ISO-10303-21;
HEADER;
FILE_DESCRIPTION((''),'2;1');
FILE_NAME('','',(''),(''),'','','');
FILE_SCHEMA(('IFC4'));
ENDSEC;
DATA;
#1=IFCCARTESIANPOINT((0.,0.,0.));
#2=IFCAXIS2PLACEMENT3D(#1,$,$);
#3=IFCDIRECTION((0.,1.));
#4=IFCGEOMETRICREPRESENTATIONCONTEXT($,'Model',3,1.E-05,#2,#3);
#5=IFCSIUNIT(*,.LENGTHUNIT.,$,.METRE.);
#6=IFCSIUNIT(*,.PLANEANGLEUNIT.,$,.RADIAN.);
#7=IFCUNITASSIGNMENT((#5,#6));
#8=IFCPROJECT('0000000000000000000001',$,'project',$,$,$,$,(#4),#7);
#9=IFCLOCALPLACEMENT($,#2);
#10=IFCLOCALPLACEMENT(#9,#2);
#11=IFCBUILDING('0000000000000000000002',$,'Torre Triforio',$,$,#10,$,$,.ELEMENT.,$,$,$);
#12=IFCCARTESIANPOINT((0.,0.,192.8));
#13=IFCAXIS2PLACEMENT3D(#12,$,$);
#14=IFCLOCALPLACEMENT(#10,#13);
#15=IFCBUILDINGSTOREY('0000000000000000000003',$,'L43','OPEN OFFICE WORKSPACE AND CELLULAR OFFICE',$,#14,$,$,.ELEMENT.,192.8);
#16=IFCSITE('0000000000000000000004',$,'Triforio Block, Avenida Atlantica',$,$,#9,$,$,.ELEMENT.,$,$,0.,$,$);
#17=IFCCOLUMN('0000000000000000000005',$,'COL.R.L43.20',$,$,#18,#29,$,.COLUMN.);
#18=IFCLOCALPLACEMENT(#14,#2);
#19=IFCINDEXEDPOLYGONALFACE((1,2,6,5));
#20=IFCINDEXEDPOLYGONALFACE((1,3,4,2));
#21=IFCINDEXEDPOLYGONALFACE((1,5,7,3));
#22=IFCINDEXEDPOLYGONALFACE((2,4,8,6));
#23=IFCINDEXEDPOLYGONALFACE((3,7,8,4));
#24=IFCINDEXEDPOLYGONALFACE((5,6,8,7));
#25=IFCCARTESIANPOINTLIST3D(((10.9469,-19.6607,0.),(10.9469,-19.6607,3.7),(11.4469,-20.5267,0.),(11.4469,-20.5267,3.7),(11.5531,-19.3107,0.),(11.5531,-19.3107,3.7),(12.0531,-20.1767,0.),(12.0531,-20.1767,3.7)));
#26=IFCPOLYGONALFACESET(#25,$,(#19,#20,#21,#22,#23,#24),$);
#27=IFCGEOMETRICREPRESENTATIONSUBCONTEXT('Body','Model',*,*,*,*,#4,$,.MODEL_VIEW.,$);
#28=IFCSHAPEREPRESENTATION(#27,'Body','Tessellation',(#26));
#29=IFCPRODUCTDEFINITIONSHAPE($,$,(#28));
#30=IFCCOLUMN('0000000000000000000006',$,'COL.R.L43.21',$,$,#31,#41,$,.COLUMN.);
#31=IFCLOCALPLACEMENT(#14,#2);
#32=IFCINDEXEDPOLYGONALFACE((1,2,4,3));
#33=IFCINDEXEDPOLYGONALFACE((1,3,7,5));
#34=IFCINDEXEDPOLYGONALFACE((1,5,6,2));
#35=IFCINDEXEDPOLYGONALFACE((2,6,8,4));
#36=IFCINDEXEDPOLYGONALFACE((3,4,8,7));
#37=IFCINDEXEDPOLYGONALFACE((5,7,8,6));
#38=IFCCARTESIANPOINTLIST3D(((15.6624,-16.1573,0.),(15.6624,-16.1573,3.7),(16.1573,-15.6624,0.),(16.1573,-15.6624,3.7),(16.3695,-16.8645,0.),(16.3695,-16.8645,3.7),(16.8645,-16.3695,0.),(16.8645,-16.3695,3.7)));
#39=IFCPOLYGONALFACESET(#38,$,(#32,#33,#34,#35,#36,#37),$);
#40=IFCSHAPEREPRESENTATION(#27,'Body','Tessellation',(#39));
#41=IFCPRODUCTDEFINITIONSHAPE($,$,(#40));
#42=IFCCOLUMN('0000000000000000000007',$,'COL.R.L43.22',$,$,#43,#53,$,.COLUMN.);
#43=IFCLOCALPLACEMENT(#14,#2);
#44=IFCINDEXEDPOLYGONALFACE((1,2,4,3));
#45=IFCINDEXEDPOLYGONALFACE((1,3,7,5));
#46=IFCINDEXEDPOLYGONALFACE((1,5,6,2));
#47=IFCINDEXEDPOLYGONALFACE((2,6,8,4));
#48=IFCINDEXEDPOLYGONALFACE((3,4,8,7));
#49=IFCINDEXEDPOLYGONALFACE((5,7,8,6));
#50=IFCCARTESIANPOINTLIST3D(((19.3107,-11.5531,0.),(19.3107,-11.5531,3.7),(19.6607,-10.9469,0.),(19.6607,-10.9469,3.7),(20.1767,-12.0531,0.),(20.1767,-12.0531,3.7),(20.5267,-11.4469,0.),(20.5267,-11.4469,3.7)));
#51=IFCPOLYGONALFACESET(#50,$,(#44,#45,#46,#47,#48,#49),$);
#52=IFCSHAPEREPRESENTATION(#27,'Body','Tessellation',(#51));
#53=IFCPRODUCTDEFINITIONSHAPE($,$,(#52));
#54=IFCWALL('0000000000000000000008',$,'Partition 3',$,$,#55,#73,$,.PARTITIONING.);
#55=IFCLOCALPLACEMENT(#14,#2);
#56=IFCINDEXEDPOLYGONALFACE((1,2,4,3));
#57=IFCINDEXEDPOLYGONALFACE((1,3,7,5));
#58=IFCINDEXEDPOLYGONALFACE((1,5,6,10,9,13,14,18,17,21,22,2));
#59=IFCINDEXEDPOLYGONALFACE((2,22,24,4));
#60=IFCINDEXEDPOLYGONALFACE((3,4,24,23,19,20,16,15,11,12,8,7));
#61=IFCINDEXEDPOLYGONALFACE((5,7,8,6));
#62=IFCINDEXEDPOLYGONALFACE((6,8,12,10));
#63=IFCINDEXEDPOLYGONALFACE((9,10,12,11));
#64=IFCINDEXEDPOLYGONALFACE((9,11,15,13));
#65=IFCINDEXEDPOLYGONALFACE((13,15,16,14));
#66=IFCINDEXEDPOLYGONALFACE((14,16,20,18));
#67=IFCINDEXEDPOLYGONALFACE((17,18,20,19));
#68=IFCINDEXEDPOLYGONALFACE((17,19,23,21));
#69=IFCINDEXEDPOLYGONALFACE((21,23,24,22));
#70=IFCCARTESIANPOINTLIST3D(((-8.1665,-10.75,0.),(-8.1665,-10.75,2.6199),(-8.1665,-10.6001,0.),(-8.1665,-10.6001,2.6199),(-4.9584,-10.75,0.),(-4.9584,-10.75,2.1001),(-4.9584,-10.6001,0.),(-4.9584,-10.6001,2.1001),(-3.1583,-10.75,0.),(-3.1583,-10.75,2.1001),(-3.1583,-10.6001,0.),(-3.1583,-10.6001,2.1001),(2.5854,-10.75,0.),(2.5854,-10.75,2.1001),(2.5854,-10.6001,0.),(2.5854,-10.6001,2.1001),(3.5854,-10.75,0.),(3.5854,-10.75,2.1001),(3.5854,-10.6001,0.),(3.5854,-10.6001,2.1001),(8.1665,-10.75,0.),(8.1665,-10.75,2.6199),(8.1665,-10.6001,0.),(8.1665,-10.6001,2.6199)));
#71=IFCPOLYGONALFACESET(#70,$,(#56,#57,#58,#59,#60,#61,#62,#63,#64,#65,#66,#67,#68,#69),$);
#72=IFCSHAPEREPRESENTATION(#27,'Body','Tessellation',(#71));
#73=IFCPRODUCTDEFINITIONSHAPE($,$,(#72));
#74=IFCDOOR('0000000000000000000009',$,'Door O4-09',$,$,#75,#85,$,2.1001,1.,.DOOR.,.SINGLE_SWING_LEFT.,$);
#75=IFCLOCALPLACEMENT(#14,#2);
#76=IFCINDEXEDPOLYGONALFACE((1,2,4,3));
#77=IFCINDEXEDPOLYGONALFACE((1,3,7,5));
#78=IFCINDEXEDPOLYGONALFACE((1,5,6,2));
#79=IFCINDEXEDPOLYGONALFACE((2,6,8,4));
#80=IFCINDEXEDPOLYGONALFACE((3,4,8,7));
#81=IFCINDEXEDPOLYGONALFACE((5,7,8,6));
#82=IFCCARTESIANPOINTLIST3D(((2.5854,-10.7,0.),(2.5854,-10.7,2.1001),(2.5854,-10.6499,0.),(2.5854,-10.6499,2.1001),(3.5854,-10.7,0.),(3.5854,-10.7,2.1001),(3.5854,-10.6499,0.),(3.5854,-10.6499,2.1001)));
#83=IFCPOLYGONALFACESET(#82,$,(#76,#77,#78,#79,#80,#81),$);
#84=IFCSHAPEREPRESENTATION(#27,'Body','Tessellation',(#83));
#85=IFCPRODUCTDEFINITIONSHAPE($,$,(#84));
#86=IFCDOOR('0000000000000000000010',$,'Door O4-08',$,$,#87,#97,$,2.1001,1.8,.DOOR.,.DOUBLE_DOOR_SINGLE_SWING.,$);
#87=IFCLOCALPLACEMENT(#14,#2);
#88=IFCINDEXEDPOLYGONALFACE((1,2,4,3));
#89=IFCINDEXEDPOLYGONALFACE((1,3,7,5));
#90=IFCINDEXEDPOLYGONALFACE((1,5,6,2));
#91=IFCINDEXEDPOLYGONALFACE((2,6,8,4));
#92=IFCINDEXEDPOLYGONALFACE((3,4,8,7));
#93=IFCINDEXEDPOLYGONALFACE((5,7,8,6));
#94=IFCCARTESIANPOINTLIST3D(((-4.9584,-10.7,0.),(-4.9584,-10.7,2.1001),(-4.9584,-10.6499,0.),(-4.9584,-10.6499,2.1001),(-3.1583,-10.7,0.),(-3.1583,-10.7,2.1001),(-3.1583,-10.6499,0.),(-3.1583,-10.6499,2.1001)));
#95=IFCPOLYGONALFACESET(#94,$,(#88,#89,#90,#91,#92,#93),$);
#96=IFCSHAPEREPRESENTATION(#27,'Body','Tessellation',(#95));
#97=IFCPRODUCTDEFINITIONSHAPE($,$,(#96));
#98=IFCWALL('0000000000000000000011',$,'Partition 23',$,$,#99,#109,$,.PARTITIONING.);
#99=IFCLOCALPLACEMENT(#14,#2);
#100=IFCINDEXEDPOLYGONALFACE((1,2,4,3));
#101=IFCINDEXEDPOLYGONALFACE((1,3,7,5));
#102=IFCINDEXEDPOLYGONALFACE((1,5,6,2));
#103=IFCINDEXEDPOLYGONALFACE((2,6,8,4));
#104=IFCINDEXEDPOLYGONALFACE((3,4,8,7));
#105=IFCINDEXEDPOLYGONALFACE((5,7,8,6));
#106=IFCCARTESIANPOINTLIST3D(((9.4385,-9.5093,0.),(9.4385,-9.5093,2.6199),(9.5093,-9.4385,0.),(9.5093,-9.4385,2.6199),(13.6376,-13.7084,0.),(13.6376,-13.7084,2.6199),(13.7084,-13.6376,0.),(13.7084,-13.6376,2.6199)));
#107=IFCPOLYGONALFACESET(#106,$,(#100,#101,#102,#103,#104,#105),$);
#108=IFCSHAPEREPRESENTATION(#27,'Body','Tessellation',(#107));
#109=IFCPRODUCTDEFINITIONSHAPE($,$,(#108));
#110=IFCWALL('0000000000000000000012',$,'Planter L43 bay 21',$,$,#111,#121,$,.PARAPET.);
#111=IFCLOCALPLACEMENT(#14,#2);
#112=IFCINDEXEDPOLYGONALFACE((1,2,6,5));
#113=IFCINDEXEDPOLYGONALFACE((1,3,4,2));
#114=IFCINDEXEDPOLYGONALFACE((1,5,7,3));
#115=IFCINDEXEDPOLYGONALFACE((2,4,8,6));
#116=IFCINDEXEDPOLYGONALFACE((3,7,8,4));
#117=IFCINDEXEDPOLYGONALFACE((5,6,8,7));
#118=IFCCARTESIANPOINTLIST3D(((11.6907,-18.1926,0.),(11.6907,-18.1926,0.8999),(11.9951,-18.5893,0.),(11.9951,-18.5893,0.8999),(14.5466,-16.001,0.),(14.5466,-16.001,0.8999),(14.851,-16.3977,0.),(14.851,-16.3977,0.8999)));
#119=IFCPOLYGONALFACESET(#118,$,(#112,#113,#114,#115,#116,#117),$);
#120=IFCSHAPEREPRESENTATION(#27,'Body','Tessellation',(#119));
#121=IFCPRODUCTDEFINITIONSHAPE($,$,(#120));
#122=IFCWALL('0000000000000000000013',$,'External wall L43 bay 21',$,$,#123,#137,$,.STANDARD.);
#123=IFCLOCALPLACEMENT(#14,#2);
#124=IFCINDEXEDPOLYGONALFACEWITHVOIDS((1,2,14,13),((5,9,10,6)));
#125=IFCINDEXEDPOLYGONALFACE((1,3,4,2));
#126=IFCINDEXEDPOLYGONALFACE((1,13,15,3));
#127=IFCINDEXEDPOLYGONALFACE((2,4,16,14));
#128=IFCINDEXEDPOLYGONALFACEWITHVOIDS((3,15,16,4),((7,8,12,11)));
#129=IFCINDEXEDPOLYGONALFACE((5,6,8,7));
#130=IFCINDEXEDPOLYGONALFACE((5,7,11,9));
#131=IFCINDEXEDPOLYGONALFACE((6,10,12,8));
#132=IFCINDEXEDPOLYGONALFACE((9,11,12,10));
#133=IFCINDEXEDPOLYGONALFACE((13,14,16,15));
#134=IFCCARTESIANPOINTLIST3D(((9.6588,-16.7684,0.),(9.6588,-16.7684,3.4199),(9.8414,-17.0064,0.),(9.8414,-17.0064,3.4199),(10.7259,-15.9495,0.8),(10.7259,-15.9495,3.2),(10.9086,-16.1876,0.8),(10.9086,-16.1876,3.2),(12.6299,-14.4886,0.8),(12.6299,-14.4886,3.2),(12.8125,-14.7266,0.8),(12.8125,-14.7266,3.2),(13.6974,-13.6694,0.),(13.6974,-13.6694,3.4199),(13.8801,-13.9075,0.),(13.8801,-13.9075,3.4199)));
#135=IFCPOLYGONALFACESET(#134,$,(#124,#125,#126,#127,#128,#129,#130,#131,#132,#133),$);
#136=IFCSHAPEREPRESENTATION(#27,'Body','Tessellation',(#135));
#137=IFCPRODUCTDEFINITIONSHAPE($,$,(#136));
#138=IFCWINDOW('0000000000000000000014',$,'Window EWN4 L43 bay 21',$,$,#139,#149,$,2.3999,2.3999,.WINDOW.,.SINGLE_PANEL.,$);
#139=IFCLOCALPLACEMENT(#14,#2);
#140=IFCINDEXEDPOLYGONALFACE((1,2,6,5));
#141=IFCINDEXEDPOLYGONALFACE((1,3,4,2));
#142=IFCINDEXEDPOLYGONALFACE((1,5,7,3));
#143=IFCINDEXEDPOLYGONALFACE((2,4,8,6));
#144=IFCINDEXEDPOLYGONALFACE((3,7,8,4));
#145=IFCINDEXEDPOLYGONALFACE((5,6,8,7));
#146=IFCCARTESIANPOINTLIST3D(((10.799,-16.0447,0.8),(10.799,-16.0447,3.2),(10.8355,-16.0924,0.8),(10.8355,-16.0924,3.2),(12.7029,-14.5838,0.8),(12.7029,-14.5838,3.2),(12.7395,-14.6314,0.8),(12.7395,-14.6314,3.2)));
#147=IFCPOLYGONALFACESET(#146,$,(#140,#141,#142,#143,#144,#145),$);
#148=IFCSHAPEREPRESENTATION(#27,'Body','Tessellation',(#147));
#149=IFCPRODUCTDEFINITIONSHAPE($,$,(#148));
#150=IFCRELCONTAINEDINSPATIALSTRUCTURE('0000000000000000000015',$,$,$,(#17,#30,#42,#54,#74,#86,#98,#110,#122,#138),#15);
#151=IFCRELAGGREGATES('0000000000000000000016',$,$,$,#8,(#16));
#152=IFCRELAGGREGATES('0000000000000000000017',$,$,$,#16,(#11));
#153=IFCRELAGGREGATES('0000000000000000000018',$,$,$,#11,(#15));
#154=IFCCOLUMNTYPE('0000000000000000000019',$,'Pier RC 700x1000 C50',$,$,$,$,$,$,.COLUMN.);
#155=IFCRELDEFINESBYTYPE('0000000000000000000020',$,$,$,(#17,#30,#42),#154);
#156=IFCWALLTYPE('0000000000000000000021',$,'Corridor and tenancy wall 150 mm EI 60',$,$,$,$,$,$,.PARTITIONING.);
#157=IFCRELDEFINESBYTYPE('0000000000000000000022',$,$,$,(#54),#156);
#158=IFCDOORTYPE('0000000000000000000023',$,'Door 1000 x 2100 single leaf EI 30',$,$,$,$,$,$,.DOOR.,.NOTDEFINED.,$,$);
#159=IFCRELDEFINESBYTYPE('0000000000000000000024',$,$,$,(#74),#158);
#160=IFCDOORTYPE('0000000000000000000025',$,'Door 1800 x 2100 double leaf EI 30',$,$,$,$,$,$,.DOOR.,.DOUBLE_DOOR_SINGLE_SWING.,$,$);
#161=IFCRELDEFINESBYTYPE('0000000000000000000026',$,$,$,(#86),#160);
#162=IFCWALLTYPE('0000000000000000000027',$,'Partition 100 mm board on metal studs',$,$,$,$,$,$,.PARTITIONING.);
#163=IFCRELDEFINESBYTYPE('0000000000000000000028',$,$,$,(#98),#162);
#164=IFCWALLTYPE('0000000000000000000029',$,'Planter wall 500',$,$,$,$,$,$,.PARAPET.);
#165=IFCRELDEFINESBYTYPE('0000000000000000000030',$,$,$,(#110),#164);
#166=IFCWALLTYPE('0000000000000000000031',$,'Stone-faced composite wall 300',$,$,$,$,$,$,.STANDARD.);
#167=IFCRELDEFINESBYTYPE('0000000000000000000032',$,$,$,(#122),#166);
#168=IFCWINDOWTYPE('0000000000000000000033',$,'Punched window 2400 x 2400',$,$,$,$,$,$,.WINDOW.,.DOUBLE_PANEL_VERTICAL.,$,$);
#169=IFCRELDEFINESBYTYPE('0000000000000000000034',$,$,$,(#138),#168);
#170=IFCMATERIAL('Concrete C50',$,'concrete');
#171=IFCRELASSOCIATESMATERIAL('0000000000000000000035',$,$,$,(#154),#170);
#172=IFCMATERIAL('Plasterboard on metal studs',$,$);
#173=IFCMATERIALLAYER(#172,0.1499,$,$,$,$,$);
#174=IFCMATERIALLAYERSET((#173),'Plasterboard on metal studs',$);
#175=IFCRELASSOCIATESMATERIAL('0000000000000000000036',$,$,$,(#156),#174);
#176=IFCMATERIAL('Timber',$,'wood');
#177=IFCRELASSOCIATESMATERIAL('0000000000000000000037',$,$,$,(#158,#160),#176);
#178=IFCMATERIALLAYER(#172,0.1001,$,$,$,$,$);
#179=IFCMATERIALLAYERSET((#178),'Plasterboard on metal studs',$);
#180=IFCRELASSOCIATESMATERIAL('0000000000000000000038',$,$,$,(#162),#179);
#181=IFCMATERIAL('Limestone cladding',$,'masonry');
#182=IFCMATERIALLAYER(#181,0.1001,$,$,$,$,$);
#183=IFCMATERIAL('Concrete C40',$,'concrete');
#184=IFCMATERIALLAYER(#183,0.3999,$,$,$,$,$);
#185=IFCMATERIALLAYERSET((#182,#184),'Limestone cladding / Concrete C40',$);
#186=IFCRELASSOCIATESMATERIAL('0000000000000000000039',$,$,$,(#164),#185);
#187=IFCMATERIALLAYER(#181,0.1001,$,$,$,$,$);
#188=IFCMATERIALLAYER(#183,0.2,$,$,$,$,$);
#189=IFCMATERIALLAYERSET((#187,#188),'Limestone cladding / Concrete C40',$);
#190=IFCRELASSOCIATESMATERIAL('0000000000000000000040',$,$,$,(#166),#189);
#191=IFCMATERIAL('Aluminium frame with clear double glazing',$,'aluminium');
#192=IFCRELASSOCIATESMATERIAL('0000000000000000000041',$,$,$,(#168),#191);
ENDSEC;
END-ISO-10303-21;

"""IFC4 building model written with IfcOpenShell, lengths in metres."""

from ifc_helpers import new_model, si_unit, direction, frame, frame_2d, origin, origin_2d, place, context, subcontext, project, spatial, rectangle, extrude, material, layer, layer_set, material_profile, profile_set, type_object, element, fill, save


model = new_model("IFC4")

# Units and contexts
model_context = context("Model", 3, precision=1e-05, world=origin(), true_north=direction((0.0, 1.0)))
body_context = subcontext(model_context, "Body", "Model", "MODEL_VIEW")
ifc_project = project(units=[si_unit("LENGTHUNIT", "METRE"), si_unit("PLANEANGLEUNIT", "RADIAN")], contexts=[model_context])

# Site, building, storey
site_placement = place(None, origin())
site = spatial("IfcSite", under=ifc_project, at=site_placement, Name="Triforio Block, Avenida Atlantica", CompositionType="ELEMENT", RefElevation=0.0)
building_placement = place(site_placement, origin())
building = spatial("IfcBuilding", under=site, at=building_placement, Name="Torre Triforio", CompositionType="ELEMENT")
storey_placement = place(building_placement, frame((0.0, 0.0, 192.8)))
storey = spatial("IfcBuildingStorey", under=building, at=storey_placement, Name="L43", Description="OPEN OFFICE WORKSPACE AND CELLULAR OFFICE", CompositionType="ELEMENT", Elevation=192.8)

# Columns
ifc_material_1 = material(Name="Concrete C50", Category="concrete")
ifc_material_profile = material_profile(ifc_material_1, rectangle(XDim=0.7, YDim=1.0, at=origin_2d()), Name="RC 700x1000")
ifc_profile_set = profile_set([ifc_material_profile], Name="Concrete C50")
column_type = type_object("IfcColumnType", Name="Pier RC 700x1000 C50", PredefinedType="COLUMN", material=ifc_profile_set)
for number, where, z_axis, x_axis, name in (
    (1, (11.5, -19.9187, 0.0), (0.0, 0.0, 1.0), (0.866025, 0.5, 0.0), "COL.R.L43.20"),
    (2, (16.2634, -16.2634, 0.0), (0.0, 0.0, 1.0), (0.707107, 0.707107, 0.0), "COL.R.L43.21"),
    (3, (19.9187, -11.5, 0.0), (0.0, 0.0, 1.0), (0.5, 0.866025, 0.0), "COL.R.L43.22"),
):
    element("IfcColumn", number, at=place(storey_placement, frame(where, z_axis=z_axis, x_axis=x_axis)), inside=storey, type_object=column_type, Name=name, PredefinedType="COLUMN", context=body_context, shape_type="SweptSolid", body=[
        extrude(rectangle(XDim=0.7, YDim=1.0, at=origin_2d()), origin(), (0.0, 0.0, 1.0), 3.7),
    ])

# Wall, openings, doors
ifc_material_2 = material(Name="Plasterboard on metal studs")
ifc_layer_1 = layer(ifc_material_2, 0.1499)
ifc_layer_set_1 = layer_set([ifc_layer_1], Name="Plasterboard on metal studs")
wall_type_1 = type_object("IfcWallType", Name="Corridor and tenancy wall 150 mm EI 60", PredefinedType="PARTITIONING", material=ifc_layer_set_1)
wall_1_placement = place(storey_placement, frame((8.1665, -10.675, 0.0), z_axis=(0.0, 0.0, 1.0), x_axis=(-1.0, 0.0, 0.0)))
wall_1 = element("IfcWall", 4, at=wall_1_placement, inside=storey, type_object=wall_type_1, Name="Partition 3", PredefinedType="PARTITIONING", context=body_context, shape_type="SweptSolid", body=[
    extrude(rectangle(XDim=16.333, YDim=0.1499, at=frame_2d((8.1665, 0.0))), origin(), (0.0, 0.0, 1.0), 2.6199),
])
opening_1_placement = place(wall_1_placement, frame((11.325, 0.0, 0.0)))
opening_1 = element("IfcOpeningElement", 5, at=opening_1_placement, cuts=wall_1, PredefinedType="OPENING", context=body_context, shape_type="SweptSolid", body=[
    extrude(rectangle(XDim=1.8, YDim=2.1001, at=frame_2d((0.8999, 1.05))), frame((0.0, 0.085, 0.0), z_axis=(0.0, -1.0, 0.0), x_axis=(1.0, 0.0, 0.0)), (0.0, 0.0, 1.0), 0.1699),
])
opening_2_placement = place(wall_1_placement, frame((4.5811, 0.0, 0.0)))
opening_2 = element("IfcOpeningElement", 6, at=opening_2_placement, cuts=wall_1, PredefinedType="OPENING", context=body_context, shape_type="SweptSolid", body=[
    extrude(rectangle(XDim=1.0, YDim=2.1001, at=frame_2d((0.5, 1.05))), frame((0.0, 0.085, 0.0), z_axis=(0.0, -1.0, 0.0), x_axis=(1.0, 0.0, 0.0)), (0.0, 0.0, 1.0), 0.1699),
])
ifc_material_3 = material(Name="Timber", Category="wood")
door_type_1 = type_object("IfcDoorType", Name="Door 1000 x 2100 single leaf EI 30", OperationType="NOTDEFINED", PredefinedType="DOOR", material=ifc_material_3)
door_1_placement = place(opening_2_placement, origin())
door_1 = element("IfcDoor", 7, at=door_1_placement, inside=storey, type_object=door_type_1, Name="Door O4-09", OperationType="SINGLE_SWING_LEFT", OverallHeight=2.1001, OverallWidth=1.0, PredefinedType="DOOR", context=body_context, shape_type="SweptSolid", body=[
    extrude(rectangle(XDim=1.0, YDim=2.1001, at=frame_2d((0.5, 1.05))), frame((0.0, 0.0249, 0.0), z_axis=(0.0, -1.0, 0.0), x_axis=(1.0, 0.0, 0.0)), (0.0, 0.0, 1.0), 0.05),
])
fill(opening_2, door_1)
door_type_2 = type_object("IfcDoorType", Name="Door 1800 x 2100 double leaf EI 30", OperationType="DOUBLE_DOOR_SINGLE_SWING", PredefinedType="DOOR", material=ifc_material_3)
door_2_placement = place(opening_1_placement, origin())
door_2 = element("IfcDoor", 8, at=door_2_placement, inside=storey, type_object=door_type_2, Name="Door O4-08", OperationType="DOUBLE_DOOR_SINGLE_SWING", OverallHeight=2.1001, OverallWidth=1.8, PredefinedType="DOOR", context=body_context, shape_type="SweptSolid", body=[
    extrude(rectangle(XDim=1.8, YDim=2.1001, at=frame_2d((0.8999, 1.05))), frame((0.0, 0.0249, 0.0), z_axis=(0.0, -1.0, 0.0), x_axis=(1.0, 0.0, 0.0)), (0.0, 0.0, 1.0), 0.05),
])
fill(opening_1, door_2)

# Walls
ifc_layer_2 = layer(ifc_material_2, 0.1001)
ifc_layer_set_2 = layer_set([ifc_layer_2], Name="Plasterboard on metal studs")
wall_type_2 = type_object("IfcWallType", Name="Partition 100 mm board on metal studs", PredefinedType="PARTITIONING", material=ifc_layer_set_2)
wall_2_placement = place(storey_placement, frame((9.4739, -9.4739, 0.0), z_axis=(0.0, 0.0, 1.0), x_axis=(0.707107, -0.707107, 0.0)))
element("IfcWall", 9, at=wall_2_placement, inside=storey, type_object=wall_type_2, Name="Partition 23", PredefinedType="PARTITIONING", context=body_context, shape_type="SweptSolid", body=[
    extrude(rectangle(XDim=5.9385, YDim=0.1001, at=frame_2d((2.9692, 0.0))), origin(), (0.0, 0.0, 1.0), 2.6199),
])
ifc_material_4 = material(Name="Limestone cladding", Category="masonry")
ifc_layer_3 = layer(ifc_material_4, 0.1001)
ifc_material_5 = material(Name="Concrete C40", Category="concrete")
ifc_layer_4 = layer(ifc_material_5, 0.3999)
ifc_layer_set_3 = layer_set([ifc_layer_3, ifc_layer_4], Name="Limestone cladding / Concrete C40")
wall_type_3 = type_object("IfcWallType", Name="Planter wall 500", PredefinedType="PARAPET", material=ifc_layer_set_3)
wall_3_placement = place(storey_placement, frame((11.843, -18.3909, 0.0), z_axis=(0.0, 0.0, 1.0), x_axis=(0.793327, 0.608796, 0.0)))
element("IfcWall", 10, at=wall_3_placement, inside=storey, type_object=wall_type_3, Name="Planter L43 bay 21", PredefinedType="PARAPET", context=body_context, shape_type="SweptSolid", body=[
    extrude(rectangle(XDim=3.5999, YDim=0.5, at=frame_2d((1.7998, 0.0))), origin(), (0.0, 0.0, 1.0), 0.8999),
])

# Wall, opening, window
ifc_layer_5 = layer(ifc_material_4, 0.1001)
ifc_layer_6 = layer(ifc_material_5, 0.2)
ifc_layer_set_4 = layer_set([ifc_layer_5, ifc_layer_6], Name="Limestone cladding / Concrete C40")
wall_type_4 = type_object("IfcWallType", Name="Stone-faced composite wall 300", PredefinedType="STANDARD", material=ifc_layer_set_4)
wall_4_placement = place(storey_placement, frame((9.75, -16.8875, 0.0), z_axis=(0.0, 0.0, 1.0), x_axis=(0.793356, 0.608758, 0.0)))
wall_4 = element("IfcWall", 11, at=wall_4_placement, inside=storey, type_object=wall_type_4, Name="External wall L43 bay 21", PredefinedType="STANDARD", context=body_context, shape_type="SweptSolid", body=[
    extrude(rectangle(XDim=5.0906, YDim=0.3, at=frame_2d((2.5454, 0.0))), origin(), (0.0, 0.0, 1.0), 3.4199),
])
opening_3_placement = place(wall_4_placement, frame((1.3452, 0.0, 0.8)))
opening_3 = element("IfcOpeningElement", 12, at=opening_3_placement, cuts=wall_4, PredefinedType="OPENING", context=body_context, shape_type="SweptSolid", body=[
    extrude(rectangle(XDim=2.3999, YDim=2.3999, at=frame_2d((1.2, 1.2))), frame((0.0, 0.1599, 0.0), z_axis=(0.0, -1.0, 0.0), x_axis=(1.0, 0.0, 0.0)), (0.0, 0.0, 1.0), 0.3201),
])
ifc_material_6 = material(Name="Aluminium frame with clear double glazing", Category="aluminium")
window_type_1 = type_object("IfcWindowType", Name="Punched window 2400 x 2400", PartitioningType="DOUBLE_PANEL_VERTICAL", PredefinedType="WINDOW", material=ifc_material_6)
window_1_placement = place(opening_3_placement, origin())
window_1 = element("IfcWindow", 13, at=window_1_placement, inside=storey, type_object=window_type_1, Name="Window EWN4 L43 bay 21", OverallHeight=2.3999, OverallWidth=2.3999, PartitioningType="SINGLE_PANEL", PredefinedType="WINDOW", context=body_context, shape_type="SweptSolid", body=[
    extrude(rectangle(XDim=2.3999, YDim=2.3999, at=frame_2d((1.2, 1.2))), frame((0.0, 0.03, 0.0), z_axis=(0.0, -1.0, 0.0), x_axis=(1.0, 0.0, 0.0)), (0.0, 0.0, 1.0), 0.0601),
])
fill(opening_3, window_1)

save(model, "model.ifc")
